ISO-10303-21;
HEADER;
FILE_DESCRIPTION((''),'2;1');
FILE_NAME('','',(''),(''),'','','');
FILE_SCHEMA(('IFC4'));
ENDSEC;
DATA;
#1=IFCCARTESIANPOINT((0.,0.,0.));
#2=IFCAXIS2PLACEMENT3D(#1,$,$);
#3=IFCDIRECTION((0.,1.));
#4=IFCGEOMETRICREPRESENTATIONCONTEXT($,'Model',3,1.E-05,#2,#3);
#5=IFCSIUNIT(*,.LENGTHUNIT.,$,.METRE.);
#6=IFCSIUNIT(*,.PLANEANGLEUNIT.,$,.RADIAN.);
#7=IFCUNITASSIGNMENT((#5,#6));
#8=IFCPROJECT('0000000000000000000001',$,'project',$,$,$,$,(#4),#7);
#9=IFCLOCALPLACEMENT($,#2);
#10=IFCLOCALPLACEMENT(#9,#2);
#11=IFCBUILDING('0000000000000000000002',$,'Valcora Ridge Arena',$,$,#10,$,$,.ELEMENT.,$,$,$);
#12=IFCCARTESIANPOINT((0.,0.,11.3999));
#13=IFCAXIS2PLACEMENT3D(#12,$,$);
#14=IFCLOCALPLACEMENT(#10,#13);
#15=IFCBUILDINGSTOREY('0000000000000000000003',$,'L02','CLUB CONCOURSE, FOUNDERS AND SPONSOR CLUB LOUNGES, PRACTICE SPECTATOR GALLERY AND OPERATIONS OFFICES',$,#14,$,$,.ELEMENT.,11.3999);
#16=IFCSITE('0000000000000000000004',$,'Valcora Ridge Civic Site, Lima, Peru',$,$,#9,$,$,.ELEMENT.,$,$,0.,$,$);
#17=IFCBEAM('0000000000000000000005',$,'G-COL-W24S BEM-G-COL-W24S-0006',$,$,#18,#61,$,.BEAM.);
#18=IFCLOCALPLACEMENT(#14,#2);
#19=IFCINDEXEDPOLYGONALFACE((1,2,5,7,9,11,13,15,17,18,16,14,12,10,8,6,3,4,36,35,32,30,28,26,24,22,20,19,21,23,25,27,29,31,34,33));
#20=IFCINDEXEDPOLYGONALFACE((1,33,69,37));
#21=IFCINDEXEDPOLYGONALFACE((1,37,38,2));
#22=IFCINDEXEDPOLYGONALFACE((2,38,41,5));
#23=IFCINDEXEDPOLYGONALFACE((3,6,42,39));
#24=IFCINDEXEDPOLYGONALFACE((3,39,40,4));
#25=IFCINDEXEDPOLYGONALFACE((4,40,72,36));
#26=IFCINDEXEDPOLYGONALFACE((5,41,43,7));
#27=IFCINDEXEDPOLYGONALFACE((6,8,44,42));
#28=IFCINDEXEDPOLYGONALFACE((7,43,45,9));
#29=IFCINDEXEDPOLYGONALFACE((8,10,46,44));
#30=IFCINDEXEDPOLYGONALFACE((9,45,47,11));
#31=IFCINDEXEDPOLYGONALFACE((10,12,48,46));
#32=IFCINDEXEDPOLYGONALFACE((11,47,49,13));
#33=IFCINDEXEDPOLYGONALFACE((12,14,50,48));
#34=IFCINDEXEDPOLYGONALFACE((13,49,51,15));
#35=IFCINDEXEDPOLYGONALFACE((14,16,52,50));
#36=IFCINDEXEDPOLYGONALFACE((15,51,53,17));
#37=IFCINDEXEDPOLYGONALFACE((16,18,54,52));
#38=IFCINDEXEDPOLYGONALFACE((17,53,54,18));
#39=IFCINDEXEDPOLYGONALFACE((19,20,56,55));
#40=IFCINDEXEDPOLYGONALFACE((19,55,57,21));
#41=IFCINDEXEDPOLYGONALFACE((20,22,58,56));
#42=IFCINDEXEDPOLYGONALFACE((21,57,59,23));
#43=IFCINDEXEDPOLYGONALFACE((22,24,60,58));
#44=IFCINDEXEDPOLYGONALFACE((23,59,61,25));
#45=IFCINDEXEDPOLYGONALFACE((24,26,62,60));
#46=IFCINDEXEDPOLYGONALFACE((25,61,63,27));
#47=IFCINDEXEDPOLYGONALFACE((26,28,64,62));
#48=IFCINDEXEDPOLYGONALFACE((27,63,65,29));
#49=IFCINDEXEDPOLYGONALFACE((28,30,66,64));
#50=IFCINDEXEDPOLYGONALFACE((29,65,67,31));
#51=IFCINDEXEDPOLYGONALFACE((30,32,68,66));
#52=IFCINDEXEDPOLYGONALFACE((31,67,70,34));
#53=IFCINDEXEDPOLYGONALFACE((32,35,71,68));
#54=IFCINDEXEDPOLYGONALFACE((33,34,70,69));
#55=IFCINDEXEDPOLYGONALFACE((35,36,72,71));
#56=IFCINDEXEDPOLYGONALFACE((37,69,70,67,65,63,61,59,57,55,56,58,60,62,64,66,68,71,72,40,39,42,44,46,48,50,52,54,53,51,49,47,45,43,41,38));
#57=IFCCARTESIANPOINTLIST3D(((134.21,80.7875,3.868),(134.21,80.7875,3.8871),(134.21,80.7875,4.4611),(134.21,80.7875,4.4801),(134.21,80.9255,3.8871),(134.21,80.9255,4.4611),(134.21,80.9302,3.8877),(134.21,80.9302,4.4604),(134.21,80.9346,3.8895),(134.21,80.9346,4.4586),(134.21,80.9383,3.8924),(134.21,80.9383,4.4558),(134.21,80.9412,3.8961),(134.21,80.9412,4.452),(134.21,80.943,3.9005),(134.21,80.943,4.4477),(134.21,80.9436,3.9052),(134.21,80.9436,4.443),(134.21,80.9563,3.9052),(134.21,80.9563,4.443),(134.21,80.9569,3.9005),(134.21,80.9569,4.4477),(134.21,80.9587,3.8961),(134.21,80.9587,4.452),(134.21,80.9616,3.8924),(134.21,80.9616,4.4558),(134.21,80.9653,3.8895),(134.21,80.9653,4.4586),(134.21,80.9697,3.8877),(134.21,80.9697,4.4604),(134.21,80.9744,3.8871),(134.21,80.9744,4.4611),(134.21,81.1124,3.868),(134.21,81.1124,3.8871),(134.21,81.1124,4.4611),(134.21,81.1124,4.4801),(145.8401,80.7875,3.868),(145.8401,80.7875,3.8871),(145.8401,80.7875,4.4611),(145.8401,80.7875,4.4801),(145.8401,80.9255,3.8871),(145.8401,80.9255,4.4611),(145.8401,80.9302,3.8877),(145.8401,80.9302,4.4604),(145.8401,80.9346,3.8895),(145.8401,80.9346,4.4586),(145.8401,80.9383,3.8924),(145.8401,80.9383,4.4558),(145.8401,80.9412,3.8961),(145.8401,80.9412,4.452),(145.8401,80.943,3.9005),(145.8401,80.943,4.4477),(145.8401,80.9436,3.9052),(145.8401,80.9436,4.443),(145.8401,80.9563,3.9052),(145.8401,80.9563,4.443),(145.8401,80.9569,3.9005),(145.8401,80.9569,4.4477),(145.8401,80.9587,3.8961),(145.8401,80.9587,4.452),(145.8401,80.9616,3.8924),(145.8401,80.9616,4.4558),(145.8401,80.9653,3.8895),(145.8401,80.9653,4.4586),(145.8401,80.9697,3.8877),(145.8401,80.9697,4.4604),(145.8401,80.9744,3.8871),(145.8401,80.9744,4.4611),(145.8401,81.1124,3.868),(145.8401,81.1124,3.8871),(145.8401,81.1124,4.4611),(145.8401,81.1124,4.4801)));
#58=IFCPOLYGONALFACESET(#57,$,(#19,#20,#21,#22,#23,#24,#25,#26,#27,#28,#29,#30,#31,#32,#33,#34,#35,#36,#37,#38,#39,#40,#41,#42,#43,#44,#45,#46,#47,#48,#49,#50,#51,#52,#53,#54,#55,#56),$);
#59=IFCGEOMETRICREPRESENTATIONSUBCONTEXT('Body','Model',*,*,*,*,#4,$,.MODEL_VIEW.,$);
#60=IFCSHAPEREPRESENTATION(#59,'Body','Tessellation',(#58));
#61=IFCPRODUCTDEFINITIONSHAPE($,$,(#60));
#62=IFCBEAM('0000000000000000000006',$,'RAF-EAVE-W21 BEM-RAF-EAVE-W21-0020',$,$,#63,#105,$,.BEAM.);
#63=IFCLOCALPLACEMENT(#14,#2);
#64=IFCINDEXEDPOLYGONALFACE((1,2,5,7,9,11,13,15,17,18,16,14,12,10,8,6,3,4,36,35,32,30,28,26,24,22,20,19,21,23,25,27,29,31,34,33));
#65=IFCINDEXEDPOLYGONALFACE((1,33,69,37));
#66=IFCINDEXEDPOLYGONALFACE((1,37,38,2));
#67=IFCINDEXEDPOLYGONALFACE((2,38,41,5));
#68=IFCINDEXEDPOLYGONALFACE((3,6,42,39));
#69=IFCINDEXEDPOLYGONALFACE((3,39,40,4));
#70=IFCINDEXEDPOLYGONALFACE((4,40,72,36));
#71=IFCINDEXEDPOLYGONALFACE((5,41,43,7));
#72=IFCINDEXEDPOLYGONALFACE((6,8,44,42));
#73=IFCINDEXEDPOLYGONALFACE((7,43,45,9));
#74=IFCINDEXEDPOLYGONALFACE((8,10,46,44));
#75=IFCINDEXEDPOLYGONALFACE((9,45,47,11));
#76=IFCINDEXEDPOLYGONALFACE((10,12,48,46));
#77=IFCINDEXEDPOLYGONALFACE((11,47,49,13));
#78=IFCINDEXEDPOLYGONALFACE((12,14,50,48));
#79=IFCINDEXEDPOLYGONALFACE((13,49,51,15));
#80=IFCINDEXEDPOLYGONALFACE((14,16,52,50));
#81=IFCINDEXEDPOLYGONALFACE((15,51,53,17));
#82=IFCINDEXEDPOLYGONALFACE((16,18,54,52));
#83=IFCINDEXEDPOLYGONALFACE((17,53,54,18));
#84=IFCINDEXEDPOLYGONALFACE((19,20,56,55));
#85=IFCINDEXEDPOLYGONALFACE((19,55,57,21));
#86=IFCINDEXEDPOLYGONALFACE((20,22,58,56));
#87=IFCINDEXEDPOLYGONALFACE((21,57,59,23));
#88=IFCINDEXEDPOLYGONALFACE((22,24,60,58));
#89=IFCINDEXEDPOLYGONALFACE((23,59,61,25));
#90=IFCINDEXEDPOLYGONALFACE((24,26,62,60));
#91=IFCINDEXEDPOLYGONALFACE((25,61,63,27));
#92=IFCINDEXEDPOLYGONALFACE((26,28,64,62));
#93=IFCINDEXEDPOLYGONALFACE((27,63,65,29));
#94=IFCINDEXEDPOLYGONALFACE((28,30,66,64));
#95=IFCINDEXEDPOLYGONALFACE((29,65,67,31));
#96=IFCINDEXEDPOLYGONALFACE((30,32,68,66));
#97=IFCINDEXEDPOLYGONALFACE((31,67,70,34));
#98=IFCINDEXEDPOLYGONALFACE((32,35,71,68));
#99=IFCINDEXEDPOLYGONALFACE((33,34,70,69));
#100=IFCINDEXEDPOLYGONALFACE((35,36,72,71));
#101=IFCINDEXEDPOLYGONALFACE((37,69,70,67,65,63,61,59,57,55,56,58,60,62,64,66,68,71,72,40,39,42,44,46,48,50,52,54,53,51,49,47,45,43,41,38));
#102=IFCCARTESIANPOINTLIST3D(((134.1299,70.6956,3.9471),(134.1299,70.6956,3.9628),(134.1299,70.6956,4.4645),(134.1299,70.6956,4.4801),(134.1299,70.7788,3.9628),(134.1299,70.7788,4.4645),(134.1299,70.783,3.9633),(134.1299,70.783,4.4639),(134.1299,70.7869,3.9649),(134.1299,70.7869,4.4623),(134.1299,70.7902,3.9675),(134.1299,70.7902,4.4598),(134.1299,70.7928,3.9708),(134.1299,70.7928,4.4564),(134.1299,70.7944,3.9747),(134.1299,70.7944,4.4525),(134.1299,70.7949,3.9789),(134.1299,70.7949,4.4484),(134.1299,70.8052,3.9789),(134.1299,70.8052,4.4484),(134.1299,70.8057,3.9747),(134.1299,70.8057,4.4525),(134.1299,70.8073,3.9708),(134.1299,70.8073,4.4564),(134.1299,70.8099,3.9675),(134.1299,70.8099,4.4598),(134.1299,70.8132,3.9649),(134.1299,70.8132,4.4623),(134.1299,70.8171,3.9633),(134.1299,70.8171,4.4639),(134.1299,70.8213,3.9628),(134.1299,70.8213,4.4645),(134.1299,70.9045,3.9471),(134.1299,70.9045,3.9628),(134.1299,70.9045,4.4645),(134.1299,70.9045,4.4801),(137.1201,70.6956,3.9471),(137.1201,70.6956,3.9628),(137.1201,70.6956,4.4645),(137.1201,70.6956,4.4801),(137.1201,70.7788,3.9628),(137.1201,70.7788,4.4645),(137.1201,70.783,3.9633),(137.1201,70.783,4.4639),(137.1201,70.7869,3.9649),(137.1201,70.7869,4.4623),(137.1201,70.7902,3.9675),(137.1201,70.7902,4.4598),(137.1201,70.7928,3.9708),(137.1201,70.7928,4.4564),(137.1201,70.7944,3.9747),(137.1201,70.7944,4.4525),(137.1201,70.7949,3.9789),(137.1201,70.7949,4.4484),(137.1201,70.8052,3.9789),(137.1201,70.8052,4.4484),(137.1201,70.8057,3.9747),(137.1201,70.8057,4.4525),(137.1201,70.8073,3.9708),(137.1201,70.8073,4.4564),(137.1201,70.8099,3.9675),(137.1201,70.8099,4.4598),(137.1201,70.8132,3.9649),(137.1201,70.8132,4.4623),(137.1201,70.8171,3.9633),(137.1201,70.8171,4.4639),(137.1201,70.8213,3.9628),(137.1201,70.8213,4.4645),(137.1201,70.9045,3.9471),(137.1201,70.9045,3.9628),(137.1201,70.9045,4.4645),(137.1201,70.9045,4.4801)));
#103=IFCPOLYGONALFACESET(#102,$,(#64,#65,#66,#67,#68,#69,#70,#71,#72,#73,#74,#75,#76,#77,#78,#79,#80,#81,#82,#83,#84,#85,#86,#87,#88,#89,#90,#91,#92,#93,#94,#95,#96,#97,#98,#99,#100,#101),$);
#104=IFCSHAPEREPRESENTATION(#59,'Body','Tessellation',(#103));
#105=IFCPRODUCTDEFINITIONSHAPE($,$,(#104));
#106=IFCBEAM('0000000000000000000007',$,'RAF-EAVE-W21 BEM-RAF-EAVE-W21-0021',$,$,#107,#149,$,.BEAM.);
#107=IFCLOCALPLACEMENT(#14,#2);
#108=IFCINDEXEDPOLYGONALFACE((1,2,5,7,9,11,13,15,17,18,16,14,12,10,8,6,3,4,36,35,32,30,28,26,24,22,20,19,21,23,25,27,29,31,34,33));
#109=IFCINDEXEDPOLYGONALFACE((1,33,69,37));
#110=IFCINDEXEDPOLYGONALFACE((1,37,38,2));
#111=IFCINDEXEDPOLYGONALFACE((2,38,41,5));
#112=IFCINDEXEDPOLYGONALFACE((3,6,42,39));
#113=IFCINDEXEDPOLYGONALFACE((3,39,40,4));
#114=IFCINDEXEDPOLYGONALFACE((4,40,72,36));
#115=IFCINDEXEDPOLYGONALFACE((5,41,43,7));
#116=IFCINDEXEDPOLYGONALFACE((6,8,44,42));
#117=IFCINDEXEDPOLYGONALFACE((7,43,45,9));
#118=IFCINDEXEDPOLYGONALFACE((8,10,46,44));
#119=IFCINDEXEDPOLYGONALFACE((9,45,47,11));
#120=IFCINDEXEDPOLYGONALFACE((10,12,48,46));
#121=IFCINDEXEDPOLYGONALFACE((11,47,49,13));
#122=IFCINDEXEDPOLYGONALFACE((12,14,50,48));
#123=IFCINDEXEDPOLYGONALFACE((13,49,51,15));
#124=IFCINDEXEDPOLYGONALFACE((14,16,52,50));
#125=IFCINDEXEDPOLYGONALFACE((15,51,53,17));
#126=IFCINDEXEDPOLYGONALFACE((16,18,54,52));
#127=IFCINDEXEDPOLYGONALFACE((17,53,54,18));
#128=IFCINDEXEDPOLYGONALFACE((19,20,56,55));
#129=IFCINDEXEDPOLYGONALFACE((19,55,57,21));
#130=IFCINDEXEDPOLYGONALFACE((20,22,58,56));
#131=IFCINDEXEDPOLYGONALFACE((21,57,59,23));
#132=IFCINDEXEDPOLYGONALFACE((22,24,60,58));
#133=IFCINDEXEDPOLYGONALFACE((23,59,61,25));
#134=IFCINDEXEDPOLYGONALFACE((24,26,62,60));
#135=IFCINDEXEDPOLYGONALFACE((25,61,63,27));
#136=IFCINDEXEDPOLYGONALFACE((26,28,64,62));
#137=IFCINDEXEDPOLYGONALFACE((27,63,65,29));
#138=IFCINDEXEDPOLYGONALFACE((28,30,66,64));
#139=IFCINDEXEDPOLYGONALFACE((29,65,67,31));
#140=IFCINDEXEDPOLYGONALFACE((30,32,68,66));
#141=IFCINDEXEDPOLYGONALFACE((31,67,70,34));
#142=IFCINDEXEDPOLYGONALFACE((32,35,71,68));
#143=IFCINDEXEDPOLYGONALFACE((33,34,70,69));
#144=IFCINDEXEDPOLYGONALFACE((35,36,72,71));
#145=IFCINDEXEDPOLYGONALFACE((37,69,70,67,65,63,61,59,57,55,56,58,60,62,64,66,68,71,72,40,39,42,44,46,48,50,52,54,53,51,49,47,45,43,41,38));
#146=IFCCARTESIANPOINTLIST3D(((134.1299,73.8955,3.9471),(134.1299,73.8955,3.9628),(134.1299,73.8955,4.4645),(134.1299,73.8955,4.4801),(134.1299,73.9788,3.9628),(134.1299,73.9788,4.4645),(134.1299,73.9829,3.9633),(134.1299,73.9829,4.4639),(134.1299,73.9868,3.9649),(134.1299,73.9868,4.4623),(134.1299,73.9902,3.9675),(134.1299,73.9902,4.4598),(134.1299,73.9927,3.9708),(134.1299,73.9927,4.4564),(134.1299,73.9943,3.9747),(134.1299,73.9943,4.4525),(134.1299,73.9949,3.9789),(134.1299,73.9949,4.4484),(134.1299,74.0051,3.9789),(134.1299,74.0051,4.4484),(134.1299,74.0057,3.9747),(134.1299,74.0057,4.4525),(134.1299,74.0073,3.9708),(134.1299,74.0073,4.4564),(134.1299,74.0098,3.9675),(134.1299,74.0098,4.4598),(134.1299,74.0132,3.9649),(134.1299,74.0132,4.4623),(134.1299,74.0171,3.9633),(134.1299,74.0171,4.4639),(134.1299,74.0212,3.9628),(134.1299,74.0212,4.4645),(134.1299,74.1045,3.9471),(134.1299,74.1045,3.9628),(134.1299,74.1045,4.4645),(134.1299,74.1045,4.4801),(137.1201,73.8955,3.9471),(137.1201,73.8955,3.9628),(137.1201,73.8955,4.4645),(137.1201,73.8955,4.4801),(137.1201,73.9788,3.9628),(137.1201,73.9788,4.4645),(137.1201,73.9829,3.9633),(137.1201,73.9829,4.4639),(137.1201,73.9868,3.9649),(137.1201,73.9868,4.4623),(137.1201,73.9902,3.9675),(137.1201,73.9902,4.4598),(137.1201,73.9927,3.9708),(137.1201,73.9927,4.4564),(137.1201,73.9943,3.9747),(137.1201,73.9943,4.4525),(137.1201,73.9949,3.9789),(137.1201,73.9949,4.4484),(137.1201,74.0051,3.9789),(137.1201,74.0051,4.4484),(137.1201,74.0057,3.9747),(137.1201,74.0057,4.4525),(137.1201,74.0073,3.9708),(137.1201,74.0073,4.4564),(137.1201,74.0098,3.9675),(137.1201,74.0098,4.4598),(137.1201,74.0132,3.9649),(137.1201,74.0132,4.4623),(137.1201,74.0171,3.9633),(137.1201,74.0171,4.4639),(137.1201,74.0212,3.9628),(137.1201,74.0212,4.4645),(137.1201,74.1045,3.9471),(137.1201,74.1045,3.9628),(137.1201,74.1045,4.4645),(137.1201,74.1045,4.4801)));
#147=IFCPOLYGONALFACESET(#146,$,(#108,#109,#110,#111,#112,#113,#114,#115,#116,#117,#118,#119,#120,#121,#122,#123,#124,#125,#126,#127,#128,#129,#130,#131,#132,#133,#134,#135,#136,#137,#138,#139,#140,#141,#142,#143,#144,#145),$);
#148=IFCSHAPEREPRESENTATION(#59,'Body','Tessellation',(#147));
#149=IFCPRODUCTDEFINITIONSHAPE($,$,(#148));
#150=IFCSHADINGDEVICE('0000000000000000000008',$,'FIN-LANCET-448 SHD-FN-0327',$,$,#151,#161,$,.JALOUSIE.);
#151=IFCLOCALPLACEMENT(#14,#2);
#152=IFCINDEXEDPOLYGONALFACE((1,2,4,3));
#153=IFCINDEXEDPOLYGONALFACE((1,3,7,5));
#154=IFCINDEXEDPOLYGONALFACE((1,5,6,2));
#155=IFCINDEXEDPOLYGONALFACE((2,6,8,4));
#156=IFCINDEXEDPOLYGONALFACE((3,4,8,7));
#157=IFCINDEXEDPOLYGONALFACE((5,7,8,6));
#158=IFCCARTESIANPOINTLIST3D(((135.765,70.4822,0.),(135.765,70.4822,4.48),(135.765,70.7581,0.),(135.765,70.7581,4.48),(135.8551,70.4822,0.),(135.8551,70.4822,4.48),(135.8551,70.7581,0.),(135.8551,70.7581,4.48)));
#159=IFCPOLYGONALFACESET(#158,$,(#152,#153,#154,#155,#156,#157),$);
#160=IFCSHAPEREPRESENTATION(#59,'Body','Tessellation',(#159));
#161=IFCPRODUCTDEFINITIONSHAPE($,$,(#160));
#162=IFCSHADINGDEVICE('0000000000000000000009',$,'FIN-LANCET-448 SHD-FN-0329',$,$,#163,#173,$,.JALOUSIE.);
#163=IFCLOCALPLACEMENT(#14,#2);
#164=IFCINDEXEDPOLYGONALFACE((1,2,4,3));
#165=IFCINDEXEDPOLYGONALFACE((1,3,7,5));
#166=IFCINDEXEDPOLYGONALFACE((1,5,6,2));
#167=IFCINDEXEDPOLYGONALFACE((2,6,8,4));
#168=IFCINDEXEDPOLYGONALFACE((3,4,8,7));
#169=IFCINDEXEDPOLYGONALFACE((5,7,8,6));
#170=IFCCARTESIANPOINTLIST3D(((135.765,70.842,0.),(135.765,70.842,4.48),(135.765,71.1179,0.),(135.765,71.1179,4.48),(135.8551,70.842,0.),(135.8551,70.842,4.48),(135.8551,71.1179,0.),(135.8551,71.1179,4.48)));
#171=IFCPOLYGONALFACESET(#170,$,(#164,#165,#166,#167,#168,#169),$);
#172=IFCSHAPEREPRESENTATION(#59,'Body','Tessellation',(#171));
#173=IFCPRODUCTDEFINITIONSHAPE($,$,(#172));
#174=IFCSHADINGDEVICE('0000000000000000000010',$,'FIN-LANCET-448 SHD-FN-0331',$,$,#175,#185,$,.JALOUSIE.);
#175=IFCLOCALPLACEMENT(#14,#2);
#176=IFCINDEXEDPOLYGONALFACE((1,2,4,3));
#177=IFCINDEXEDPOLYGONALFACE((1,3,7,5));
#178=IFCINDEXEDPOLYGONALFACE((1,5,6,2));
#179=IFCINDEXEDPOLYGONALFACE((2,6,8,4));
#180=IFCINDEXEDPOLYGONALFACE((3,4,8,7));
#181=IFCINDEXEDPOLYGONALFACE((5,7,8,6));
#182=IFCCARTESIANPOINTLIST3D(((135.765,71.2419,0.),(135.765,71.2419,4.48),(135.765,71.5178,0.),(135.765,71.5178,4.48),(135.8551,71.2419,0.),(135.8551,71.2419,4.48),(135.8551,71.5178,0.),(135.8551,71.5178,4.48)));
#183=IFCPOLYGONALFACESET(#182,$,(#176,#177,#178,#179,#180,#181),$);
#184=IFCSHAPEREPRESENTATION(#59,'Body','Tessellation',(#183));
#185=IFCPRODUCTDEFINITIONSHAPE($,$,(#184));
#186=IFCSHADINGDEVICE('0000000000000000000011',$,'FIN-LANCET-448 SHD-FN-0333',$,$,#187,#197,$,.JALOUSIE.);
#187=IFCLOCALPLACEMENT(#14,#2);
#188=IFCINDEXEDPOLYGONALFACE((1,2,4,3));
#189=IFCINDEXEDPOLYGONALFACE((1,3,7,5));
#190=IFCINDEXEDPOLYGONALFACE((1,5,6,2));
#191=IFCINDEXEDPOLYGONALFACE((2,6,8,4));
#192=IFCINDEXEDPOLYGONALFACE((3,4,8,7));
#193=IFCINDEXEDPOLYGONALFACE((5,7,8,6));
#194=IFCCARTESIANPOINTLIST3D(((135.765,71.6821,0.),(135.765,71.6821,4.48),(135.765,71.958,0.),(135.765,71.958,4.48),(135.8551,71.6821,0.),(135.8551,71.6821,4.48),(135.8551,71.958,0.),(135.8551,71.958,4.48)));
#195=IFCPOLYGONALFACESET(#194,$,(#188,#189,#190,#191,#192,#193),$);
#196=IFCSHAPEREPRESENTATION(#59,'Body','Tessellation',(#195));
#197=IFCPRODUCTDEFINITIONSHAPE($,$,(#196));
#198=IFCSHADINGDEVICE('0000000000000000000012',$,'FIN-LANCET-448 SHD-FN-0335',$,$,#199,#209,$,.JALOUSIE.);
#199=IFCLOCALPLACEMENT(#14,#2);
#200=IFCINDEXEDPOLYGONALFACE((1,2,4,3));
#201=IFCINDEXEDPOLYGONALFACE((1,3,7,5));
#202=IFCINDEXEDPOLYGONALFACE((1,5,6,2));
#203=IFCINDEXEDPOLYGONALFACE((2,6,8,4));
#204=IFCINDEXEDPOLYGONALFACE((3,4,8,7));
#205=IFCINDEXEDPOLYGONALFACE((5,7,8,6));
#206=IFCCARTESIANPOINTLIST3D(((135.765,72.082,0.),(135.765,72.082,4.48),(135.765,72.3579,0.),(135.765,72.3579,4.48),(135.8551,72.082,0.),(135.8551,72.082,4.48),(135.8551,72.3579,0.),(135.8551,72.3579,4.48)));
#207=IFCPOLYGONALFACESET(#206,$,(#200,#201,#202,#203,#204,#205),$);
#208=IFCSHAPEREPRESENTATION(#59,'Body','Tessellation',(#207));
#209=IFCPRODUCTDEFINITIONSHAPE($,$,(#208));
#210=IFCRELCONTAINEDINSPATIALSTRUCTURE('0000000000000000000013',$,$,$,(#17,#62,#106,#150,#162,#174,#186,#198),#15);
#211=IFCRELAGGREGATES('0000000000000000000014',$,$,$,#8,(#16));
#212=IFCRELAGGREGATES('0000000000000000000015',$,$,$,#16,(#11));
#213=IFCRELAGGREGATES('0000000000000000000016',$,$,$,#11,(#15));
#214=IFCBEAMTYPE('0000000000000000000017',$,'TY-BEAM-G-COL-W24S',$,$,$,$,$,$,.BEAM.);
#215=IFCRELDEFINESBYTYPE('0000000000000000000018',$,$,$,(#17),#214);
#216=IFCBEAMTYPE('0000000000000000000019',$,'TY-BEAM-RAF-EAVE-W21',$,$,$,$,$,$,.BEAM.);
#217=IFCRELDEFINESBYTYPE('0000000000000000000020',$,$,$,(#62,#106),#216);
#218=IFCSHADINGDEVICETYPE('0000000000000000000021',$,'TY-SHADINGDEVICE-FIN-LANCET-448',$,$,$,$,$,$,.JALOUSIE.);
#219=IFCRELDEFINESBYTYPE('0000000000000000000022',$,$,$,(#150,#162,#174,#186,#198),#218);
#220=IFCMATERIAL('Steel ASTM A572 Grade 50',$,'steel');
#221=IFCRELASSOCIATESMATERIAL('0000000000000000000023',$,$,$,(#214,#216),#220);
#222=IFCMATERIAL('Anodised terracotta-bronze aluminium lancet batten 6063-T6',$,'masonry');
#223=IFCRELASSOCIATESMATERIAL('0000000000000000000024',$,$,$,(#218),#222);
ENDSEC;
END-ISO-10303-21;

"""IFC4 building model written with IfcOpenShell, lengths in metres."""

from ifc_helpers import new_model, si_unit, direction, frame, origin, origin_2d, place, context, subcontext, project, spatial, rectangle, i_section, extrude, material, material_profile, profile_set, type_object, element, save


model = new_model("IFC4")

# Units and contexts
model_context = context("Model", 3, precision=1e-05, world=origin(), true_north=direction((0.0, 1.0)))
body_context = subcontext(model_context, "Body", "Model", "MODEL_VIEW")
ifc_project = project(units=[si_unit("LENGTHUNIT", "METRE"), si_unit("PLANEANGLEUNIT", "RADIAN")], contexts=[model_context])

# Site, building, storey
site_placement = place(None, origin())
site = spatial("IfcSite", under=ifc_project, at=site_placement, Name="Valcora Ridge Civic Site, Lima, Peru", CompositionType="ELEMENT", RefElevation=0.0)
building_placement = place(site_placement, origin())
building = spatial("IfcBuilding", under=site, at=building_placement, Name="Valcora Ridge Arena", CompositionType="ELEMENT")
storey_placement = place(building_placement, frame((0.0, 0.0, 11.3999)))
storey = spatial("IfcBuildingStorey", under=building, at=storey_placement, Name="L02", Description="CLUB CONCOURSE, FOUNDERS AND SPONSOR CLUB LOUNGES, PRACTICE SPECTATOR GALLERY AND OPERATIONS OFFICES", CompositionType="ELEMENT", Elevation=11.3999)

# Beams
ifc_material_1 = material(Name="Steel ASTM A572 Grade 50", Category="steel")
ifc_material_profile_1 = material_profile(ifc_material_1, i_section(OverallWidth=0.325, OverallDepth=0.6121, WebThickness=0.0127, FlangeThickness=0.019, FilletRadius=0.0181, at=origin_2d()), Name="W24X104")
ifc_profile_set_1 = profile_set([ifc_material_profile_1], Name="Steel ASTM A572 Grade 50")
beam_type_1 = type_object("IfcBeamType", Name="TY-BEAM-G-COL-W24S", PredefinedType="BEAM", material=ifc_profile_set_1)
beam_placement = place(storey_placement, frame((134.21, 80.95, 4.1741), z_axis=(1.0, 0.0, 0.0), x_axis=(0.0, 1.0, 0.0)))
element("IfcBeam", 1, at=beam_placement, inside=storey, type_object=beam_type_1, Name="G-COL-W24S BEM-G-COL-W24S-0006", PredefinedType="BEAM", context=body_context, shape_type="SweptSolid", body=[
    extrude(i_section(OverallWidth=0.325, OverallDepth=0.6121, WebThickness=0.0127, FlangeThickness=0.019, FilletRadius=0.0181, at=origin_2d()), origin(), (0.0, 0.0, 1.0), 11.6301),
])
ifc_material_profile_2 = material_profile(ifc_material_1, i_section(OverallWidth=0.209, OverallDepth=0.533, WebThickness=0.0103, FlangeThickness=0.0156, FilletRadius=0.0161, at=origin_2d()), Name="W21X62")
ifc_profile_set_2 = profile_set([ifc_material_profile_2], Name="Steel ASTM A572 Grade 50")
beam_type_2 = type_object("IfcBeamType", Name="TY-BEAM-RAF-EAVE-W21", PredefinedType="BEAM", material=ifc_profile_set_2)
for number, where, z_axis, x_axis, name in (
    (2, (134.1299, 70.8, 4.2136), (1.0, 0.0, 0.0), (0.0, 1.0, 0.0), "RAF-EAVE-W21 BEM-RAF-EAVE-W21-0020"),
    (3, (134.1299, 74.0, 4.2136), (1.0, 0.0, 0.0), (0.0, 1.0, 0.0), "RAF-EAVE-W21 BEM-RAF-EAVE-W21-0021"),
):
    element("IfcBeam", number, at=place(storey_placement, frame(where, z_axis=z_axis, x_axis=x_axis)), inside=storey, type_object=beam_type_2, Name=name, PredefinedType="BEAM", context=body_context, shape_type="SweptSolid", body=[
        extrude(i_section(OverallWidth=0.209, OverallDepth=0.533, WebThickness=0.0103, FlangeThickness=0.0156, FilletRadius=0.0161, at=origin_2d()), origin(), (0.0, 0.0, 1.0), 2.9902),
    ])

# Shading devices
ifc_material_2 = material(Name="Anodised terracotta-bronze aluminium lancet batten 6063-T6", Category="masonry")
ifc_material_profile_3 = material_profile(ifc_material_2, rectangle(XDim=0.0901, YDim=0.2759, at=origin_2d()), Name="ALU LANCET BATTEN 90x276")
ifc_profile_set_3 = profile_set([ifc_material_profile_3], Name="Anodised terracotta-bronze aluminium lancet batten 6063-T6")
shading_device_type = type_object("IfcShadingDeviceType", Name="TY-SHADINGDEVICE-FIN-LANCET-448", PredefinedType="JALOUSIE", material=ifc_profile_set_3)
for number, where, z_axis, x_axis, name in (
    (4, (135.8101, 70.6201, 0.0), (0.0, 0.0, 1.0), (1.0, 0.0, 0.0), "FIN-LANCET-448 SHD-FN-0327"),
    (5, (135.8101, 70.98, 0.0), (0.0, 0.0, 1.0), (1.0, 0.0, 0.0), "FIN-LANCET-448 SHD-FN-0329"),
    (6, (135.8101, 71.3799, 0.0), (0.0, 0.0, 1.0), (1.0, 0.0, 0.0), "FIN-LANCET-448 SHD-FN-0331"),
    (7, (135.8101, 71.8201, 0.0), (0.0, 0.0, 1.0), (1.0, 0.0, 0.0), "FIN-LANCET-448 SHD-FN-0333"),
    (8, (135.8101, 72.22, 0.0), (0.0, 0.0, 1.0), (1.0, 0.0, 0.0), "FIN-LANCET-448 SHD-FN-0335"),
):
    element("IfcShadingDevice", number, at=place(storey_placement, frame(where, z_axis=z_axis, x_axis=x_axis)), inside=storey, type_object=shading_device_type, Name=name, PredefinedType="JALOUSIE", context=body_context, shape_type="SweptSolid", body=[
        extrude(rectangle(XDim=0.0901, YDim=0.2759, at=origin_2d()), origin(), (0.0, 0.0, 1.0), 4.48),
    ])

save(model, "model.ifc")
